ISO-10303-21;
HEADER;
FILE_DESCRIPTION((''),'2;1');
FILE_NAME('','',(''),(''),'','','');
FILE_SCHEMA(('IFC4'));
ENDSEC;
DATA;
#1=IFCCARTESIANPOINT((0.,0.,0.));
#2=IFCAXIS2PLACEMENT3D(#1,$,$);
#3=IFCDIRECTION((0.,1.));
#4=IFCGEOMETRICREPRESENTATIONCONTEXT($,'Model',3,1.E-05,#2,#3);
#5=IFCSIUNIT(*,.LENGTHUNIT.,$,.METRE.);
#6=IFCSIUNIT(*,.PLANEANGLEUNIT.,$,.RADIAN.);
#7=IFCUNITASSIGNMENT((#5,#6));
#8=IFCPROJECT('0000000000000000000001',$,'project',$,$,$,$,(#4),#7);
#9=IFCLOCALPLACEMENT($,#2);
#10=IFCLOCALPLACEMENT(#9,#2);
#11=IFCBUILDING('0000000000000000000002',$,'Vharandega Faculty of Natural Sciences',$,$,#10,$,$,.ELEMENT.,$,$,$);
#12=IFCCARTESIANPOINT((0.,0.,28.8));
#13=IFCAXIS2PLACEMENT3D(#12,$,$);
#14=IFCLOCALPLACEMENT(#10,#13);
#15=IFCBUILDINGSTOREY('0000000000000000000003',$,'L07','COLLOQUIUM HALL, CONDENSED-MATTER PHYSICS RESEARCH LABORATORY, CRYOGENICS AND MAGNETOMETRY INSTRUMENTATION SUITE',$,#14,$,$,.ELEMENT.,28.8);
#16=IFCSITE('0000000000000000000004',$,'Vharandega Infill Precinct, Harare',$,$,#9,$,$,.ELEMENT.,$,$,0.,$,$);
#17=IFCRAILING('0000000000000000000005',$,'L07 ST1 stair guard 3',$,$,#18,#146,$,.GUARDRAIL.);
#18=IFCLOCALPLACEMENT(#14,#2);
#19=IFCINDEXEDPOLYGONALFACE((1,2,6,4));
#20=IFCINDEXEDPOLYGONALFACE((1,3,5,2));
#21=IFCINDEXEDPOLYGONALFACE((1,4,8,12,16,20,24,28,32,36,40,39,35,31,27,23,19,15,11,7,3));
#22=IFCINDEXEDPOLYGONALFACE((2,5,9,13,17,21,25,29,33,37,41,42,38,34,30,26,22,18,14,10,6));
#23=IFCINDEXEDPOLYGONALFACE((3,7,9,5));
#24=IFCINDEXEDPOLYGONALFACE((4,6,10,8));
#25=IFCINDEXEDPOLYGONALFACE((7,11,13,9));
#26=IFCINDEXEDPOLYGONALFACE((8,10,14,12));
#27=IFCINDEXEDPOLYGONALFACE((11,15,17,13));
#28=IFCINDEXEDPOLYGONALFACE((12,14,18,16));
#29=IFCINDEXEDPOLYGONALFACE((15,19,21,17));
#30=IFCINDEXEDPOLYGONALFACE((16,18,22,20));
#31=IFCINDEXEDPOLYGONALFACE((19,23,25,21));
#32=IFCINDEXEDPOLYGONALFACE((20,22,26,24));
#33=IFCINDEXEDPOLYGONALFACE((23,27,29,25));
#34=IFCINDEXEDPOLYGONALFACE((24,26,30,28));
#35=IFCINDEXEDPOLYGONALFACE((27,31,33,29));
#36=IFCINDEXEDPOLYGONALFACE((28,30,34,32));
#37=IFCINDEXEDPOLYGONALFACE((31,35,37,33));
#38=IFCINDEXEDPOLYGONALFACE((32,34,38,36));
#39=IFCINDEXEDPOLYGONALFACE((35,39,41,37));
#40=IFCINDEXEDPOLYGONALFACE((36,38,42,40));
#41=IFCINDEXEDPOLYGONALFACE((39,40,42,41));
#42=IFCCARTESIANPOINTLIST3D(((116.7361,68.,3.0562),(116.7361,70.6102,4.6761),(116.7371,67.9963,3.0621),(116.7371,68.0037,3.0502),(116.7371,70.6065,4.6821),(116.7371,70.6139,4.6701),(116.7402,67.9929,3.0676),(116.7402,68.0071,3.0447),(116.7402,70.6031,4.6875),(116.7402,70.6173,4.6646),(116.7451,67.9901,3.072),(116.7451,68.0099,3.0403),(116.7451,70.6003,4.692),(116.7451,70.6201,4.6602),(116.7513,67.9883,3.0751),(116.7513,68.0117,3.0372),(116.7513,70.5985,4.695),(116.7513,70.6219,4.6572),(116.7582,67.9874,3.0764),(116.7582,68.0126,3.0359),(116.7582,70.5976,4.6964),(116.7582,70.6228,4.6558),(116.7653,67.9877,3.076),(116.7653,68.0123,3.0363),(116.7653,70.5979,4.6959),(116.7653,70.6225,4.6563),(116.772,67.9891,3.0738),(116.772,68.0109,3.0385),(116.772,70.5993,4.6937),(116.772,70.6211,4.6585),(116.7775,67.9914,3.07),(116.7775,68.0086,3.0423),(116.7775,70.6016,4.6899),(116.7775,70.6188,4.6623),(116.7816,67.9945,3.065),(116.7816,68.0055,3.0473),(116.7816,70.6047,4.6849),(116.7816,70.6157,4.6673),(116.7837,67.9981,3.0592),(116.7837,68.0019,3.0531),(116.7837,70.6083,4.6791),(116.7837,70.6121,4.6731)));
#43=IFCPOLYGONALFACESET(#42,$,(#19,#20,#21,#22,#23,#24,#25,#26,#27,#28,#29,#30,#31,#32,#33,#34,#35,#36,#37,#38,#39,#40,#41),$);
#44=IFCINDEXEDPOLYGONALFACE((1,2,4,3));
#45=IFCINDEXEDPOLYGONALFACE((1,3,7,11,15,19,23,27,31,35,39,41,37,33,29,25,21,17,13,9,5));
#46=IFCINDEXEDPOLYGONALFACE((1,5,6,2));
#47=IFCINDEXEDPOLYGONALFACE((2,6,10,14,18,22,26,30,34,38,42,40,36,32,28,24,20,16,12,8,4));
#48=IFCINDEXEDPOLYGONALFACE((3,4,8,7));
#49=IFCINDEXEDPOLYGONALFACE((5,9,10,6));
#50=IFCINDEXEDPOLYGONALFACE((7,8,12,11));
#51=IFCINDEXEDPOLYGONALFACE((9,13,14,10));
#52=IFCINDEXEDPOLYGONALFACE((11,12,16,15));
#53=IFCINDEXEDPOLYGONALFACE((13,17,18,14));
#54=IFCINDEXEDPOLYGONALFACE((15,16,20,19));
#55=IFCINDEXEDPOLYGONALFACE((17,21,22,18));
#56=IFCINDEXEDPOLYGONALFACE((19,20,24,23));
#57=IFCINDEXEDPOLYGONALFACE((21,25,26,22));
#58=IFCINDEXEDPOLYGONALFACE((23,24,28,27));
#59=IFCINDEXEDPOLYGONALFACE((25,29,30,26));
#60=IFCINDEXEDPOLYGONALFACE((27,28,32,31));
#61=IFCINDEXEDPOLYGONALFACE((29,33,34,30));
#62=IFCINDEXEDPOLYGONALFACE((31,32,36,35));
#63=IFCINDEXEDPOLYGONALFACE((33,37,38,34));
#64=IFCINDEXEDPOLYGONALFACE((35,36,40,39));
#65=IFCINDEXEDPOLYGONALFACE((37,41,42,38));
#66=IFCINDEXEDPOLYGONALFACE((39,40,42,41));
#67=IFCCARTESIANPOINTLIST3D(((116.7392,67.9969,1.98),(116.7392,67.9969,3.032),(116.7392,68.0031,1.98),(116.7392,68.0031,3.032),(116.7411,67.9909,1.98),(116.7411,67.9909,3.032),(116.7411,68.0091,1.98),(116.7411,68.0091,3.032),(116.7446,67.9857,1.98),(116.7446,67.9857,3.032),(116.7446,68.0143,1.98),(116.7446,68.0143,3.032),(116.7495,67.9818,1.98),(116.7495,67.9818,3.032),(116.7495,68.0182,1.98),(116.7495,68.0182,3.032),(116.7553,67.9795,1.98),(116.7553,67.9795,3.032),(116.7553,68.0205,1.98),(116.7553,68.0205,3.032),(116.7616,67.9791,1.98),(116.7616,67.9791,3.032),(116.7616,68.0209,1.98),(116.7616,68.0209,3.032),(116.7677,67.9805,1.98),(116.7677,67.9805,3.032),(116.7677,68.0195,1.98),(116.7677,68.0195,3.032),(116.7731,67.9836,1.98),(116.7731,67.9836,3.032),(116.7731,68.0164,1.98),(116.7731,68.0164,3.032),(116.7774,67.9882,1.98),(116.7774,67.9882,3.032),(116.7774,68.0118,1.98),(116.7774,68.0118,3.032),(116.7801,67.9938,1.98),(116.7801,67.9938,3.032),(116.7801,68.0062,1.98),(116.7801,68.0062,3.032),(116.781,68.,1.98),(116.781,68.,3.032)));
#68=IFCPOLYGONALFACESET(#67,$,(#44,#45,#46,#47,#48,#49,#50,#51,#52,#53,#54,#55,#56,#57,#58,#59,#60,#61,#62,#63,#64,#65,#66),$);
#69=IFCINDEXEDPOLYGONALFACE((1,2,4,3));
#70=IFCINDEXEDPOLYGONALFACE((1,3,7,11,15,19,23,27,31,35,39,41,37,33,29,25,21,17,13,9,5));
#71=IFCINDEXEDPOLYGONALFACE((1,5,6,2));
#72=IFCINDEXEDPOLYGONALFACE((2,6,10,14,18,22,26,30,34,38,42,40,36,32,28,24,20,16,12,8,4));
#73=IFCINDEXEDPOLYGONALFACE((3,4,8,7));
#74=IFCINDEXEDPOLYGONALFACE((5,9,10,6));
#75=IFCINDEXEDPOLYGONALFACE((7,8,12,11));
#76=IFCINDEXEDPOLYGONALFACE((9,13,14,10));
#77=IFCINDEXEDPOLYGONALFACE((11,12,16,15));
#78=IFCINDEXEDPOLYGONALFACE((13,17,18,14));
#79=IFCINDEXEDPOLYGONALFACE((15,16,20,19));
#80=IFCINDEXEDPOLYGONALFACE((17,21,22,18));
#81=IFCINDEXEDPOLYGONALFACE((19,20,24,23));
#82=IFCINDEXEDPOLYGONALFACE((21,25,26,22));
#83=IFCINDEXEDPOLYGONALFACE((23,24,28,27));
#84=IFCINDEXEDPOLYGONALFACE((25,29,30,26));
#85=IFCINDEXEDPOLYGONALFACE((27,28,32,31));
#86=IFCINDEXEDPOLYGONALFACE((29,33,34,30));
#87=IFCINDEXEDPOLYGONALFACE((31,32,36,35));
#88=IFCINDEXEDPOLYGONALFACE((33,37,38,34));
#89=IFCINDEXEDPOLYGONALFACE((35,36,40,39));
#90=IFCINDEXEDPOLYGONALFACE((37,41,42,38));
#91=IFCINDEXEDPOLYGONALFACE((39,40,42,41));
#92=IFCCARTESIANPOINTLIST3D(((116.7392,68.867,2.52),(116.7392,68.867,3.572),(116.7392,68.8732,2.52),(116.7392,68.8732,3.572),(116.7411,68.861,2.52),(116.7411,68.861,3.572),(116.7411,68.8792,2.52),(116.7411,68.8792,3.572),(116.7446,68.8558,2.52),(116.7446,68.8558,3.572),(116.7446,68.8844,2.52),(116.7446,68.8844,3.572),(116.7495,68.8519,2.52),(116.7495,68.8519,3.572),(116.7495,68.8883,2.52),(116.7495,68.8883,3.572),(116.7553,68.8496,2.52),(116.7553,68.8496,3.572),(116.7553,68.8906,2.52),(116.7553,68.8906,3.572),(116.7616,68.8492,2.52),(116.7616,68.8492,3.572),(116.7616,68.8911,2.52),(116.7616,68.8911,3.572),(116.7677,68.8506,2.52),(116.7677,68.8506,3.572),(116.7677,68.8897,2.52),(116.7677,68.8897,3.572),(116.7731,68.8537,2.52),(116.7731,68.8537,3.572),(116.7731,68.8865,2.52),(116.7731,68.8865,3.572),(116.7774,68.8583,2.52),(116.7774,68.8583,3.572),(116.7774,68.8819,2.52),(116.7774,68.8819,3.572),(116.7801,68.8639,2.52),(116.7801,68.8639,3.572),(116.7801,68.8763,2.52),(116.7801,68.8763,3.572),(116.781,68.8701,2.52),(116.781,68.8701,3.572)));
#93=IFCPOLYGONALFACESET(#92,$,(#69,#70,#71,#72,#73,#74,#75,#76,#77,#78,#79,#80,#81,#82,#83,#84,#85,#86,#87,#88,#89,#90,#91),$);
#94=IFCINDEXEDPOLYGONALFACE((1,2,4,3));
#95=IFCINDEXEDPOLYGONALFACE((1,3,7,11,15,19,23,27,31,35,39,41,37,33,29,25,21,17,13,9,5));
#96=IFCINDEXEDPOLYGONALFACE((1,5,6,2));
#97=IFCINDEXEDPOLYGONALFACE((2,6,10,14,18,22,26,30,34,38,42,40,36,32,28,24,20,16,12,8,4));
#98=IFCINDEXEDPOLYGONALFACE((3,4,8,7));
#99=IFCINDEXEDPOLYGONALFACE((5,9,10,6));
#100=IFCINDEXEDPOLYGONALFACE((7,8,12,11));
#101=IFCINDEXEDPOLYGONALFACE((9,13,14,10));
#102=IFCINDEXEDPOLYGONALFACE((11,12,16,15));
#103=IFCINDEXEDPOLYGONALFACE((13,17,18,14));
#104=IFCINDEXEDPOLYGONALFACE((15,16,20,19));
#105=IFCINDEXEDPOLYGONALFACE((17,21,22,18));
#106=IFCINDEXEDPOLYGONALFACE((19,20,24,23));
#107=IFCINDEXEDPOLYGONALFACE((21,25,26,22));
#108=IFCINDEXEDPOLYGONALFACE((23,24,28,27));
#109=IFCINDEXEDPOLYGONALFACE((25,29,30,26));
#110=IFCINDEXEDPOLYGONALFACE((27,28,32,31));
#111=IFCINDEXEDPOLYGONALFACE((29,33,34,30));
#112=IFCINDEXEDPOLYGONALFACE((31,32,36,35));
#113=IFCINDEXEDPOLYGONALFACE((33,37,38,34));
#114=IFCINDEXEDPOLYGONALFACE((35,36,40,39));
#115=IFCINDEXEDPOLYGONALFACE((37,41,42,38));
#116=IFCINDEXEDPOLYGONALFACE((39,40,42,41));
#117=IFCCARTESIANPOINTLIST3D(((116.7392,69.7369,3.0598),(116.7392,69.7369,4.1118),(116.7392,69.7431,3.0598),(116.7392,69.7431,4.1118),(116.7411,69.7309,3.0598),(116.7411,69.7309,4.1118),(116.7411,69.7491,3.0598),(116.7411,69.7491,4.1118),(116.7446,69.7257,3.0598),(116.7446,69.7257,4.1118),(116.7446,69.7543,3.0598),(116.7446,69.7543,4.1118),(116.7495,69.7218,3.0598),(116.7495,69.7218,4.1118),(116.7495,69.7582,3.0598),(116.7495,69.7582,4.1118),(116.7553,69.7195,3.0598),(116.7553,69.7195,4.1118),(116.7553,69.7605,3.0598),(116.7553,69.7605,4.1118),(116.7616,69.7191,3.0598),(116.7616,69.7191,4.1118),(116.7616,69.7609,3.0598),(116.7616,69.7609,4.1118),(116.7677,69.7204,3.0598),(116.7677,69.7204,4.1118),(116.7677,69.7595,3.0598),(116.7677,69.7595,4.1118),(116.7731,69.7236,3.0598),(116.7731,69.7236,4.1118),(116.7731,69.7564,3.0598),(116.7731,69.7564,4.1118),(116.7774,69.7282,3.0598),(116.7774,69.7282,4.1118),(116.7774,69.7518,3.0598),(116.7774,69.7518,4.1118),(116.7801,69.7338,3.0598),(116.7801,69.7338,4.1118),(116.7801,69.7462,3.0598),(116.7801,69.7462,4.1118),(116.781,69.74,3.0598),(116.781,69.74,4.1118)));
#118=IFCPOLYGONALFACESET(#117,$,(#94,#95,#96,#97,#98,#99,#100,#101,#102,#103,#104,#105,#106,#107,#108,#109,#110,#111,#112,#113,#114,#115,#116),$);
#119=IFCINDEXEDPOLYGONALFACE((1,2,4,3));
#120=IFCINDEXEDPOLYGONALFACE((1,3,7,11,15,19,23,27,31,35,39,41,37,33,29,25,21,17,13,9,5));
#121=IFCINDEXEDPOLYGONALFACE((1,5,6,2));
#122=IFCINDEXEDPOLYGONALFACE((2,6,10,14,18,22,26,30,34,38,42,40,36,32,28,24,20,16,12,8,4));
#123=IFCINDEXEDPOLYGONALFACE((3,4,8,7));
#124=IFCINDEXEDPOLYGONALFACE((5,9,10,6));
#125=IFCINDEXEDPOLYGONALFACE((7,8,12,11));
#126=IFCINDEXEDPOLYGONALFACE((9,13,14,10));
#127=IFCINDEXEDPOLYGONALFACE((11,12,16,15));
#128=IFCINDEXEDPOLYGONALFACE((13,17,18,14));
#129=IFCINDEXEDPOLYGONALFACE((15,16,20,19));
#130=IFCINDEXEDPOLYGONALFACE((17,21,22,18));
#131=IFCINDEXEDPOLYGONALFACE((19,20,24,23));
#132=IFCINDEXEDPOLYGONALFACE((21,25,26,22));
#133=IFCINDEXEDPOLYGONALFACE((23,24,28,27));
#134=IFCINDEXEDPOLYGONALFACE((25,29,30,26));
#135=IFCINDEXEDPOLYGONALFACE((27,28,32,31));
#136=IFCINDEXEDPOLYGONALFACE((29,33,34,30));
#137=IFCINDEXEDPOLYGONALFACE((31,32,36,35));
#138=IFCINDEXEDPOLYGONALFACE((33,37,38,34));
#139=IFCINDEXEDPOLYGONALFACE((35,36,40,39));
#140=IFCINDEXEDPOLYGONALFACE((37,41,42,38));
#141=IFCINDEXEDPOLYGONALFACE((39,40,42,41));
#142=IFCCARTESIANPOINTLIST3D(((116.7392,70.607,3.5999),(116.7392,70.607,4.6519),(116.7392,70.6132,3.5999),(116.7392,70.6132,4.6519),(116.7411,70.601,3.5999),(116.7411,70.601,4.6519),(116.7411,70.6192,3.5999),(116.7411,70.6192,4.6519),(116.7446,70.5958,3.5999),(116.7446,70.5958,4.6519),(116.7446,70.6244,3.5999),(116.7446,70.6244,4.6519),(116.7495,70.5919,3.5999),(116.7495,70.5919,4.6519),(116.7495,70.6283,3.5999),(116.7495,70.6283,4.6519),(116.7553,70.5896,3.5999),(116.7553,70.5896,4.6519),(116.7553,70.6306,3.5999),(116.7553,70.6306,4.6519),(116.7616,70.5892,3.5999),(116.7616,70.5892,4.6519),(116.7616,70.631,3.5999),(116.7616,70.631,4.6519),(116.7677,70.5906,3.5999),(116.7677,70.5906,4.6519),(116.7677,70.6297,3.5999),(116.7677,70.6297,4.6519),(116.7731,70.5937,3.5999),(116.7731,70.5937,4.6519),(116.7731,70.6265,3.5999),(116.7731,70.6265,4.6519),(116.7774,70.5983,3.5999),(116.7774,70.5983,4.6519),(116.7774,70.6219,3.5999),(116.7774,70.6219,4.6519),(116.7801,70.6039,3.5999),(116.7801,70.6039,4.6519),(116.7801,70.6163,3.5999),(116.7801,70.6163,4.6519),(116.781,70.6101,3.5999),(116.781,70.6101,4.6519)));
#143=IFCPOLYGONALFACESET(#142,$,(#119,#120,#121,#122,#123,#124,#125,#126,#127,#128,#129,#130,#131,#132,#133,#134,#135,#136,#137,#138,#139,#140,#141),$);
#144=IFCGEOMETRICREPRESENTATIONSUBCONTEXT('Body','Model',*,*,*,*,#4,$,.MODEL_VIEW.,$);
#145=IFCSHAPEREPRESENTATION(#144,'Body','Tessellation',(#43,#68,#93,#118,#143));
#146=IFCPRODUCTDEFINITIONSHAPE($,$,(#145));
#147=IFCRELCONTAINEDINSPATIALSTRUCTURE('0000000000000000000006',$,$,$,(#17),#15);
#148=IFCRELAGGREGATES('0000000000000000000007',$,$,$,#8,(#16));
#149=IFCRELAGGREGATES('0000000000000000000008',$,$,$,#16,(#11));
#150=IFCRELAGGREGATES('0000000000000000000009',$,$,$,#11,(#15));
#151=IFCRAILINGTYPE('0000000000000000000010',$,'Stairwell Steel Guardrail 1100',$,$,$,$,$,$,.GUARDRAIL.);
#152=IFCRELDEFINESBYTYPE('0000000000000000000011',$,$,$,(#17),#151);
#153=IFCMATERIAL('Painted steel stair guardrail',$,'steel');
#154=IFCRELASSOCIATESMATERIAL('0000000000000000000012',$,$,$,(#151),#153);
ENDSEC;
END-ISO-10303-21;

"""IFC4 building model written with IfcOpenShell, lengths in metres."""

from ifc_helpers import new_model, si_unit, direction, frame, origin, origin_2d, place, context, subcontext, project, spatial, circle, extrude, material, type_object, element, save


model = new_model("IFC4")

# Units and contexts
model_context = context("Model", 3, precision=1e-05, world=origin(), true_north=direction((0.0, 1.0)))
body_context = subcontext(model_context, "Body", "Model", "MODEL_VIEW")
ifc_project = project(units=[si_unit("LENGTHUNIT", "METRE"), si_unit("PLANEANGLEUNIT", "RADIAN")], contexts=[model_context])

# Site, building, storey
site_placement = place(None, origin())
site = spatial("IfcSite", under=ifc_project, at=site_placement, Name="Vharandega Infill Precinct, Harare", CompositionType="ELEMENT", RefElevation=0.0)
building_placement = place(site_placement, origin())
building = spatial("IfcBuilding", under=site, at=building_placement, Name="Vharandega Faculty of Natural Sciences", CompositionType="ELEMENT")
storey_placement = place(building_placement, frame((0.0, 0.0, 28.8)))
storey = spatial("IfcBuildingStorey", under=building, at=storey_placement, Name="L07", Description="COLLOQUIUM HALL, CONDENSED-MATTER PHYSICS RESEARCH LABORATORY, CRYOGENICS AND MAGNETOMETRY INSTRUMENTATION SUITE", CompositionType="ELEMENT", Elevation=28.8)

# Railing
ifc_material_1 = material(Name="Painted steel stair guardrail", Category="steel")
railing_type_1 = type_object("IfcRailingType", Name="Stairwell Steel Guardrail 1100", PredefinedType="GUARDRAIL", material=ifc_material_1)
railing_1_placement = place(storey_placement, frame((116.76, 68.0, 1.98)))
element("IfcRailing", 1, at=railing_1_placement, inside=storey, type_object=railing_type_1, Name="L07 ST1 stair guard 3", PredefinedType="GUARDRAIL", context=body_context, shape_type="SweptSolid", body=[
    extrude(circle(Radius=0.0239, at=origin_2d()), frame((0.0, 0.0, 1.0762), z_axis=(0.0, 0.849668, 0.527317), x_axis=(-1.0, 0.0, 0.0)), (0.0, 0.0, 1.0), 3.072),
    extrude(circle(Radius=0.021, at=origin_2d()), origin(), (0.0, 0.0, 1.0), 1.052),
    extrude(circle(Radius=0.021, at=origin_2d()), frame((0.0, 0.8701, 0.54)), (0.0, 0.0, 1.0), 1.052),
    extrude(circle(Radius=0.021, at=origin_2d()), frame((0.0, 1.74, 1.0798)), (0.0, 0.0, 1.0), 1.052),
    extrude(circle(Radius=0.021, at=origin_2d()), frame((0.0, 2.6101, 1.6199)), (0.0, 0.0, 1.0), 1.052),
])

save(model, "model.ifc")
